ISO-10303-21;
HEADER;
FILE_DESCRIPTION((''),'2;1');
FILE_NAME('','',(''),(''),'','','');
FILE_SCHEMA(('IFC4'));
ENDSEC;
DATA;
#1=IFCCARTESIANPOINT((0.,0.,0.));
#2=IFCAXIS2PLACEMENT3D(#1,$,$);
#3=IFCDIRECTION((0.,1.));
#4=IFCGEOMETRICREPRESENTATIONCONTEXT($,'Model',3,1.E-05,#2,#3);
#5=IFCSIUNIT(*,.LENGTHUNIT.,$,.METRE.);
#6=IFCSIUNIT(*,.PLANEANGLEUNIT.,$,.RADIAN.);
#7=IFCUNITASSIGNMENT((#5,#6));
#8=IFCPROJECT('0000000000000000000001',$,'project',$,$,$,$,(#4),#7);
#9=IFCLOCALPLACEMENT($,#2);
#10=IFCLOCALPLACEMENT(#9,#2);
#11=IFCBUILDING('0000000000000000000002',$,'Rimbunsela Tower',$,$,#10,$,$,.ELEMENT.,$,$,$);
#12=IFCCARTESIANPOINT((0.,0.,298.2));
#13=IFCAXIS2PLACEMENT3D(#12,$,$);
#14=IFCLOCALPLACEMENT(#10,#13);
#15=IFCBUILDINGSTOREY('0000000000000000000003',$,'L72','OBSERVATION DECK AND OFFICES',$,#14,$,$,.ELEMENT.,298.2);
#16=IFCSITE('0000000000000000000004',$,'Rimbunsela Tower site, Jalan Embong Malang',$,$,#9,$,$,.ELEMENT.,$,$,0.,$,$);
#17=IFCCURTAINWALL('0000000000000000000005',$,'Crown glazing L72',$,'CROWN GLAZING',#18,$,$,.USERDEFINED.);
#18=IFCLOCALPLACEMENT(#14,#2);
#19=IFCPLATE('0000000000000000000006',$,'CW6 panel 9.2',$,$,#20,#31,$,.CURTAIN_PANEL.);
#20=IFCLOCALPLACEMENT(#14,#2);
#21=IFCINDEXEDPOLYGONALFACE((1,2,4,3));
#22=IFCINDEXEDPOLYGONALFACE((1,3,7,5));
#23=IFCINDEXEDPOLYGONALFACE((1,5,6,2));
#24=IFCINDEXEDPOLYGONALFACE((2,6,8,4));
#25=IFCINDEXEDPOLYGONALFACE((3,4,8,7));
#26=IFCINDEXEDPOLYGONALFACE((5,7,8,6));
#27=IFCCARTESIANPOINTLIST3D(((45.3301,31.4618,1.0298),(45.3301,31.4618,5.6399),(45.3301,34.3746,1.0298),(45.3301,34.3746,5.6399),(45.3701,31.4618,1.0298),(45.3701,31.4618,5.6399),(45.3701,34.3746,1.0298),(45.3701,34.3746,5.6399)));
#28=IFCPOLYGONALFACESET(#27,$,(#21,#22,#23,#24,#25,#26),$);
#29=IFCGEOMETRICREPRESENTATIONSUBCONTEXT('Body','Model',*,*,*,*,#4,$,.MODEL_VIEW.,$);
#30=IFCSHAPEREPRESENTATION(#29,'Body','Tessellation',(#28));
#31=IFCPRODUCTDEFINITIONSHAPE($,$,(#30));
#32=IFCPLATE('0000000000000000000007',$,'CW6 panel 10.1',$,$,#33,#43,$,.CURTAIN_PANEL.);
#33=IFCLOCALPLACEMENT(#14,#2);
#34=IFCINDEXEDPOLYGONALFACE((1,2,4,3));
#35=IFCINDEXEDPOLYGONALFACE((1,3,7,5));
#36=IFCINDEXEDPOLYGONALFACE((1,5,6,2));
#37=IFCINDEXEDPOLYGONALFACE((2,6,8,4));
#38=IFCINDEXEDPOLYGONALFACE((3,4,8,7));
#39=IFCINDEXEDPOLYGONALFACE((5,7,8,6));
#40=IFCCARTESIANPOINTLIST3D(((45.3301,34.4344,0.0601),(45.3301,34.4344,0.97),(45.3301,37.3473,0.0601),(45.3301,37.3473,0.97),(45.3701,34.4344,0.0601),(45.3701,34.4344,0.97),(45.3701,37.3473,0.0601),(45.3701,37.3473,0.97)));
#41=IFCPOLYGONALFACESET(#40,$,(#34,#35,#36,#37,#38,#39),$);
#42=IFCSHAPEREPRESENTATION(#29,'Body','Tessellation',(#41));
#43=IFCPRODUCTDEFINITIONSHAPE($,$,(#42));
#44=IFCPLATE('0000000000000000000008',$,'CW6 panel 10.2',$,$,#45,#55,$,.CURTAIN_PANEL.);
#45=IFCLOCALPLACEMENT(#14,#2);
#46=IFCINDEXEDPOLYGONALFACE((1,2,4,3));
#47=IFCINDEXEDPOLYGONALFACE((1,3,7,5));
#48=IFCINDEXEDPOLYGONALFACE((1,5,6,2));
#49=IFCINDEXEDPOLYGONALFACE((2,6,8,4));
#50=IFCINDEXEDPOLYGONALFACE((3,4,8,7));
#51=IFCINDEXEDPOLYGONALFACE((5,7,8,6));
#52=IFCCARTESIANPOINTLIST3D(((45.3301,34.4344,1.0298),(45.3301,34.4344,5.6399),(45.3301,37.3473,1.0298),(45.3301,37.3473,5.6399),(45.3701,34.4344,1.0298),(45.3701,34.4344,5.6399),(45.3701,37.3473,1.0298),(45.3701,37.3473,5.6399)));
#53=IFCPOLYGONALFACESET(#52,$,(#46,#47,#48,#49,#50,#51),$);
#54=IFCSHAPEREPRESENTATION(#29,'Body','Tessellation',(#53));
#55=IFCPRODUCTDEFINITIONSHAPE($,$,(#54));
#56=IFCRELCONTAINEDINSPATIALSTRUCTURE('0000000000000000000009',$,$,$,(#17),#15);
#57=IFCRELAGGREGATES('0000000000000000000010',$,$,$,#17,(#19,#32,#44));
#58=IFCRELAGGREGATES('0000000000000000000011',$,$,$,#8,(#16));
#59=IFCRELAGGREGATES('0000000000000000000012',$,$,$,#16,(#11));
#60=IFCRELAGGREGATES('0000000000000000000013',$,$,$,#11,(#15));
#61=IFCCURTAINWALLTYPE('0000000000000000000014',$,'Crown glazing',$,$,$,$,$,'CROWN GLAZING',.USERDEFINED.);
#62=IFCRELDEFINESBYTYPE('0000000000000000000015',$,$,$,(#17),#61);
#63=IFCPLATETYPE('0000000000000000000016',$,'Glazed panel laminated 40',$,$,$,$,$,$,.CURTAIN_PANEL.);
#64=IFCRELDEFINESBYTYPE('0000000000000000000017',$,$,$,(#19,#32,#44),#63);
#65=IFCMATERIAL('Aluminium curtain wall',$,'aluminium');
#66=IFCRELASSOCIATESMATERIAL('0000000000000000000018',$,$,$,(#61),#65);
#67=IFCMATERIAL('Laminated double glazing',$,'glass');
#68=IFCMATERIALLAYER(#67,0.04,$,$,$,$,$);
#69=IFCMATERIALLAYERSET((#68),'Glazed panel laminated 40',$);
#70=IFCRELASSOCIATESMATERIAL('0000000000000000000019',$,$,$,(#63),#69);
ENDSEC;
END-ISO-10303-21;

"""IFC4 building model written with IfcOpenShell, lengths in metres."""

from ifc_helpers import new_model, si_unit, direction, frame, origin, origin_2d, place, context, subcontext, project, spatial, rectangle, extrude, material, layer, layer_set, type_object, element, aggregate, save


model = new_model("IFC4")

# Units and contexts
model_context = context("Model", 3, precision=1e-05, world=origin(), true_north=direction((0.0, 1.0)))
body_context = subcontext(model_context, "Body", "Model", "MODEL_VIEW")
ifc_project = project(units=[si_unit("LENGTHUNIT", "METRE"), si_unit("PLANEANGLEUNIT", "RADIAN")], contexts=[model_context])

# Site, building, storey
site_placement = place(None, origin())
site = spatial("IfcSite", under=ifc_project, at=site_placement, Name="Rimbunsela Tower site, Jalan Embong Malang", CompositionType="ELEMENT", RefElevation=0.0)
building_placement = place(site_placement, origin())
building = spatial("IfcBuilding", under=site, at=building_placement, Name="Rimbunsela Tower", CompositionType="ELEMENT")
storey_placement = place(building_placement, frame((0.0, 0.0, 298.2)))
storey = spatial("IfcBuildingStorey", under=building, at=storey_placement, Name="L72", Description="OBSERVATION DECK AND OFFICES", CompositionType="ELEMENT", Elevation=298.2)

# Curtain wall, plates
ifc_material_1 = material(Name="Aluminium curtain wall", Category="aluminium")
curtain_wall_type = type_object("IfcCurtainWallType", Name="Crown glazing", ElementType="CROWN GLAZING", PredefinedType="USERDEFINED", material=ifc_material_1)
curtain_wall_placement = place(storey_placement, origin())
curtain_wall = element("IfcCurtainWall", 1, at=curtain_wall_placement, inside=storey, type_object=curtain_wall_type, Name="Crown glazing L72", ObjectType="CROWN GLAZING", PredefinedType="USERDEFINED")
ifc_material_2 = material(Name="Laminated double glazing", Category="glass")
ifc_layer = layer(ifc_material_2, 0.04)
ifc_layer_set = layer_set([ifc_layer], Name="Glazed panel laminated 40")
plate_type = type_object("IfcPlateType", Name="Glazed panel laminated 40", PredefinedType="CURTAIN_PANEL", material=ifc_layer_set)
plate_1_placement = place(storey_placement, frame((45.3501, 32.9182, 1.0298), z_axis=(0.0, 0.0, 1.0), x_axis=(0.0, 1.0, 0.0)))
plate_1 = element("IfcPlate", 2, at=plate_1_placement, type_object=plate_type, Name="CW6 panel 9.2", PredefinedType="CURTAIN_PANEL", context=body_context, shape_type="SweptSolid", body=[
    extrude(rectangle(XDim=2.9128, YDim=0.04, at=origin_2d()), origin(), (0.0, 0.0, 1.0), 4.6101),
])
plate_2_placement = place(storey_placement, frame((45.3501, 35.8909, 0.0601), z_axis=(0.0, 0.0, 1.0), x_axis=(0.0, 1.0, 0.0)))
plate_2 = element("IfcPlate", 3, at=plate_2_placement, type_object=plate_type, Name="CW6 panel 10.1", PredefinedType="CURTAIN_PANEL", context=body_context, shape_type="SweptSolid", body=[
    extrude(rectangle(XDim=2.9128, YDim=0.04, at=origin_2d()), origin(), (0.0, 0.0, 1.0), 0.9099),
])
plate_3_placement = place(storey_placement, frame((45.3501, 35.8909, 1.0298), z_axis=(0.0, 0.0, 1.0), x_axis=(0.0, 1.0, 0.0)))
plate_3 = element("IfcPlate", 4, at=plate_3_placement, type_object=plate_type, Name="CW6 panel 10.2", PredefinedType="CURTAIN_PANEL", context=body_context, shape_type="SweptSolid", body=[
    extrude(rectangle(XDim=2.9128, YDim=0.04, at=origin_2d()), origin(), (0.0, 0.0, 1.0), 4.6101),
])
aggregate(curtain_wall, [plate_1, plate_2, plate_3])

save(model, "model.ifc")
